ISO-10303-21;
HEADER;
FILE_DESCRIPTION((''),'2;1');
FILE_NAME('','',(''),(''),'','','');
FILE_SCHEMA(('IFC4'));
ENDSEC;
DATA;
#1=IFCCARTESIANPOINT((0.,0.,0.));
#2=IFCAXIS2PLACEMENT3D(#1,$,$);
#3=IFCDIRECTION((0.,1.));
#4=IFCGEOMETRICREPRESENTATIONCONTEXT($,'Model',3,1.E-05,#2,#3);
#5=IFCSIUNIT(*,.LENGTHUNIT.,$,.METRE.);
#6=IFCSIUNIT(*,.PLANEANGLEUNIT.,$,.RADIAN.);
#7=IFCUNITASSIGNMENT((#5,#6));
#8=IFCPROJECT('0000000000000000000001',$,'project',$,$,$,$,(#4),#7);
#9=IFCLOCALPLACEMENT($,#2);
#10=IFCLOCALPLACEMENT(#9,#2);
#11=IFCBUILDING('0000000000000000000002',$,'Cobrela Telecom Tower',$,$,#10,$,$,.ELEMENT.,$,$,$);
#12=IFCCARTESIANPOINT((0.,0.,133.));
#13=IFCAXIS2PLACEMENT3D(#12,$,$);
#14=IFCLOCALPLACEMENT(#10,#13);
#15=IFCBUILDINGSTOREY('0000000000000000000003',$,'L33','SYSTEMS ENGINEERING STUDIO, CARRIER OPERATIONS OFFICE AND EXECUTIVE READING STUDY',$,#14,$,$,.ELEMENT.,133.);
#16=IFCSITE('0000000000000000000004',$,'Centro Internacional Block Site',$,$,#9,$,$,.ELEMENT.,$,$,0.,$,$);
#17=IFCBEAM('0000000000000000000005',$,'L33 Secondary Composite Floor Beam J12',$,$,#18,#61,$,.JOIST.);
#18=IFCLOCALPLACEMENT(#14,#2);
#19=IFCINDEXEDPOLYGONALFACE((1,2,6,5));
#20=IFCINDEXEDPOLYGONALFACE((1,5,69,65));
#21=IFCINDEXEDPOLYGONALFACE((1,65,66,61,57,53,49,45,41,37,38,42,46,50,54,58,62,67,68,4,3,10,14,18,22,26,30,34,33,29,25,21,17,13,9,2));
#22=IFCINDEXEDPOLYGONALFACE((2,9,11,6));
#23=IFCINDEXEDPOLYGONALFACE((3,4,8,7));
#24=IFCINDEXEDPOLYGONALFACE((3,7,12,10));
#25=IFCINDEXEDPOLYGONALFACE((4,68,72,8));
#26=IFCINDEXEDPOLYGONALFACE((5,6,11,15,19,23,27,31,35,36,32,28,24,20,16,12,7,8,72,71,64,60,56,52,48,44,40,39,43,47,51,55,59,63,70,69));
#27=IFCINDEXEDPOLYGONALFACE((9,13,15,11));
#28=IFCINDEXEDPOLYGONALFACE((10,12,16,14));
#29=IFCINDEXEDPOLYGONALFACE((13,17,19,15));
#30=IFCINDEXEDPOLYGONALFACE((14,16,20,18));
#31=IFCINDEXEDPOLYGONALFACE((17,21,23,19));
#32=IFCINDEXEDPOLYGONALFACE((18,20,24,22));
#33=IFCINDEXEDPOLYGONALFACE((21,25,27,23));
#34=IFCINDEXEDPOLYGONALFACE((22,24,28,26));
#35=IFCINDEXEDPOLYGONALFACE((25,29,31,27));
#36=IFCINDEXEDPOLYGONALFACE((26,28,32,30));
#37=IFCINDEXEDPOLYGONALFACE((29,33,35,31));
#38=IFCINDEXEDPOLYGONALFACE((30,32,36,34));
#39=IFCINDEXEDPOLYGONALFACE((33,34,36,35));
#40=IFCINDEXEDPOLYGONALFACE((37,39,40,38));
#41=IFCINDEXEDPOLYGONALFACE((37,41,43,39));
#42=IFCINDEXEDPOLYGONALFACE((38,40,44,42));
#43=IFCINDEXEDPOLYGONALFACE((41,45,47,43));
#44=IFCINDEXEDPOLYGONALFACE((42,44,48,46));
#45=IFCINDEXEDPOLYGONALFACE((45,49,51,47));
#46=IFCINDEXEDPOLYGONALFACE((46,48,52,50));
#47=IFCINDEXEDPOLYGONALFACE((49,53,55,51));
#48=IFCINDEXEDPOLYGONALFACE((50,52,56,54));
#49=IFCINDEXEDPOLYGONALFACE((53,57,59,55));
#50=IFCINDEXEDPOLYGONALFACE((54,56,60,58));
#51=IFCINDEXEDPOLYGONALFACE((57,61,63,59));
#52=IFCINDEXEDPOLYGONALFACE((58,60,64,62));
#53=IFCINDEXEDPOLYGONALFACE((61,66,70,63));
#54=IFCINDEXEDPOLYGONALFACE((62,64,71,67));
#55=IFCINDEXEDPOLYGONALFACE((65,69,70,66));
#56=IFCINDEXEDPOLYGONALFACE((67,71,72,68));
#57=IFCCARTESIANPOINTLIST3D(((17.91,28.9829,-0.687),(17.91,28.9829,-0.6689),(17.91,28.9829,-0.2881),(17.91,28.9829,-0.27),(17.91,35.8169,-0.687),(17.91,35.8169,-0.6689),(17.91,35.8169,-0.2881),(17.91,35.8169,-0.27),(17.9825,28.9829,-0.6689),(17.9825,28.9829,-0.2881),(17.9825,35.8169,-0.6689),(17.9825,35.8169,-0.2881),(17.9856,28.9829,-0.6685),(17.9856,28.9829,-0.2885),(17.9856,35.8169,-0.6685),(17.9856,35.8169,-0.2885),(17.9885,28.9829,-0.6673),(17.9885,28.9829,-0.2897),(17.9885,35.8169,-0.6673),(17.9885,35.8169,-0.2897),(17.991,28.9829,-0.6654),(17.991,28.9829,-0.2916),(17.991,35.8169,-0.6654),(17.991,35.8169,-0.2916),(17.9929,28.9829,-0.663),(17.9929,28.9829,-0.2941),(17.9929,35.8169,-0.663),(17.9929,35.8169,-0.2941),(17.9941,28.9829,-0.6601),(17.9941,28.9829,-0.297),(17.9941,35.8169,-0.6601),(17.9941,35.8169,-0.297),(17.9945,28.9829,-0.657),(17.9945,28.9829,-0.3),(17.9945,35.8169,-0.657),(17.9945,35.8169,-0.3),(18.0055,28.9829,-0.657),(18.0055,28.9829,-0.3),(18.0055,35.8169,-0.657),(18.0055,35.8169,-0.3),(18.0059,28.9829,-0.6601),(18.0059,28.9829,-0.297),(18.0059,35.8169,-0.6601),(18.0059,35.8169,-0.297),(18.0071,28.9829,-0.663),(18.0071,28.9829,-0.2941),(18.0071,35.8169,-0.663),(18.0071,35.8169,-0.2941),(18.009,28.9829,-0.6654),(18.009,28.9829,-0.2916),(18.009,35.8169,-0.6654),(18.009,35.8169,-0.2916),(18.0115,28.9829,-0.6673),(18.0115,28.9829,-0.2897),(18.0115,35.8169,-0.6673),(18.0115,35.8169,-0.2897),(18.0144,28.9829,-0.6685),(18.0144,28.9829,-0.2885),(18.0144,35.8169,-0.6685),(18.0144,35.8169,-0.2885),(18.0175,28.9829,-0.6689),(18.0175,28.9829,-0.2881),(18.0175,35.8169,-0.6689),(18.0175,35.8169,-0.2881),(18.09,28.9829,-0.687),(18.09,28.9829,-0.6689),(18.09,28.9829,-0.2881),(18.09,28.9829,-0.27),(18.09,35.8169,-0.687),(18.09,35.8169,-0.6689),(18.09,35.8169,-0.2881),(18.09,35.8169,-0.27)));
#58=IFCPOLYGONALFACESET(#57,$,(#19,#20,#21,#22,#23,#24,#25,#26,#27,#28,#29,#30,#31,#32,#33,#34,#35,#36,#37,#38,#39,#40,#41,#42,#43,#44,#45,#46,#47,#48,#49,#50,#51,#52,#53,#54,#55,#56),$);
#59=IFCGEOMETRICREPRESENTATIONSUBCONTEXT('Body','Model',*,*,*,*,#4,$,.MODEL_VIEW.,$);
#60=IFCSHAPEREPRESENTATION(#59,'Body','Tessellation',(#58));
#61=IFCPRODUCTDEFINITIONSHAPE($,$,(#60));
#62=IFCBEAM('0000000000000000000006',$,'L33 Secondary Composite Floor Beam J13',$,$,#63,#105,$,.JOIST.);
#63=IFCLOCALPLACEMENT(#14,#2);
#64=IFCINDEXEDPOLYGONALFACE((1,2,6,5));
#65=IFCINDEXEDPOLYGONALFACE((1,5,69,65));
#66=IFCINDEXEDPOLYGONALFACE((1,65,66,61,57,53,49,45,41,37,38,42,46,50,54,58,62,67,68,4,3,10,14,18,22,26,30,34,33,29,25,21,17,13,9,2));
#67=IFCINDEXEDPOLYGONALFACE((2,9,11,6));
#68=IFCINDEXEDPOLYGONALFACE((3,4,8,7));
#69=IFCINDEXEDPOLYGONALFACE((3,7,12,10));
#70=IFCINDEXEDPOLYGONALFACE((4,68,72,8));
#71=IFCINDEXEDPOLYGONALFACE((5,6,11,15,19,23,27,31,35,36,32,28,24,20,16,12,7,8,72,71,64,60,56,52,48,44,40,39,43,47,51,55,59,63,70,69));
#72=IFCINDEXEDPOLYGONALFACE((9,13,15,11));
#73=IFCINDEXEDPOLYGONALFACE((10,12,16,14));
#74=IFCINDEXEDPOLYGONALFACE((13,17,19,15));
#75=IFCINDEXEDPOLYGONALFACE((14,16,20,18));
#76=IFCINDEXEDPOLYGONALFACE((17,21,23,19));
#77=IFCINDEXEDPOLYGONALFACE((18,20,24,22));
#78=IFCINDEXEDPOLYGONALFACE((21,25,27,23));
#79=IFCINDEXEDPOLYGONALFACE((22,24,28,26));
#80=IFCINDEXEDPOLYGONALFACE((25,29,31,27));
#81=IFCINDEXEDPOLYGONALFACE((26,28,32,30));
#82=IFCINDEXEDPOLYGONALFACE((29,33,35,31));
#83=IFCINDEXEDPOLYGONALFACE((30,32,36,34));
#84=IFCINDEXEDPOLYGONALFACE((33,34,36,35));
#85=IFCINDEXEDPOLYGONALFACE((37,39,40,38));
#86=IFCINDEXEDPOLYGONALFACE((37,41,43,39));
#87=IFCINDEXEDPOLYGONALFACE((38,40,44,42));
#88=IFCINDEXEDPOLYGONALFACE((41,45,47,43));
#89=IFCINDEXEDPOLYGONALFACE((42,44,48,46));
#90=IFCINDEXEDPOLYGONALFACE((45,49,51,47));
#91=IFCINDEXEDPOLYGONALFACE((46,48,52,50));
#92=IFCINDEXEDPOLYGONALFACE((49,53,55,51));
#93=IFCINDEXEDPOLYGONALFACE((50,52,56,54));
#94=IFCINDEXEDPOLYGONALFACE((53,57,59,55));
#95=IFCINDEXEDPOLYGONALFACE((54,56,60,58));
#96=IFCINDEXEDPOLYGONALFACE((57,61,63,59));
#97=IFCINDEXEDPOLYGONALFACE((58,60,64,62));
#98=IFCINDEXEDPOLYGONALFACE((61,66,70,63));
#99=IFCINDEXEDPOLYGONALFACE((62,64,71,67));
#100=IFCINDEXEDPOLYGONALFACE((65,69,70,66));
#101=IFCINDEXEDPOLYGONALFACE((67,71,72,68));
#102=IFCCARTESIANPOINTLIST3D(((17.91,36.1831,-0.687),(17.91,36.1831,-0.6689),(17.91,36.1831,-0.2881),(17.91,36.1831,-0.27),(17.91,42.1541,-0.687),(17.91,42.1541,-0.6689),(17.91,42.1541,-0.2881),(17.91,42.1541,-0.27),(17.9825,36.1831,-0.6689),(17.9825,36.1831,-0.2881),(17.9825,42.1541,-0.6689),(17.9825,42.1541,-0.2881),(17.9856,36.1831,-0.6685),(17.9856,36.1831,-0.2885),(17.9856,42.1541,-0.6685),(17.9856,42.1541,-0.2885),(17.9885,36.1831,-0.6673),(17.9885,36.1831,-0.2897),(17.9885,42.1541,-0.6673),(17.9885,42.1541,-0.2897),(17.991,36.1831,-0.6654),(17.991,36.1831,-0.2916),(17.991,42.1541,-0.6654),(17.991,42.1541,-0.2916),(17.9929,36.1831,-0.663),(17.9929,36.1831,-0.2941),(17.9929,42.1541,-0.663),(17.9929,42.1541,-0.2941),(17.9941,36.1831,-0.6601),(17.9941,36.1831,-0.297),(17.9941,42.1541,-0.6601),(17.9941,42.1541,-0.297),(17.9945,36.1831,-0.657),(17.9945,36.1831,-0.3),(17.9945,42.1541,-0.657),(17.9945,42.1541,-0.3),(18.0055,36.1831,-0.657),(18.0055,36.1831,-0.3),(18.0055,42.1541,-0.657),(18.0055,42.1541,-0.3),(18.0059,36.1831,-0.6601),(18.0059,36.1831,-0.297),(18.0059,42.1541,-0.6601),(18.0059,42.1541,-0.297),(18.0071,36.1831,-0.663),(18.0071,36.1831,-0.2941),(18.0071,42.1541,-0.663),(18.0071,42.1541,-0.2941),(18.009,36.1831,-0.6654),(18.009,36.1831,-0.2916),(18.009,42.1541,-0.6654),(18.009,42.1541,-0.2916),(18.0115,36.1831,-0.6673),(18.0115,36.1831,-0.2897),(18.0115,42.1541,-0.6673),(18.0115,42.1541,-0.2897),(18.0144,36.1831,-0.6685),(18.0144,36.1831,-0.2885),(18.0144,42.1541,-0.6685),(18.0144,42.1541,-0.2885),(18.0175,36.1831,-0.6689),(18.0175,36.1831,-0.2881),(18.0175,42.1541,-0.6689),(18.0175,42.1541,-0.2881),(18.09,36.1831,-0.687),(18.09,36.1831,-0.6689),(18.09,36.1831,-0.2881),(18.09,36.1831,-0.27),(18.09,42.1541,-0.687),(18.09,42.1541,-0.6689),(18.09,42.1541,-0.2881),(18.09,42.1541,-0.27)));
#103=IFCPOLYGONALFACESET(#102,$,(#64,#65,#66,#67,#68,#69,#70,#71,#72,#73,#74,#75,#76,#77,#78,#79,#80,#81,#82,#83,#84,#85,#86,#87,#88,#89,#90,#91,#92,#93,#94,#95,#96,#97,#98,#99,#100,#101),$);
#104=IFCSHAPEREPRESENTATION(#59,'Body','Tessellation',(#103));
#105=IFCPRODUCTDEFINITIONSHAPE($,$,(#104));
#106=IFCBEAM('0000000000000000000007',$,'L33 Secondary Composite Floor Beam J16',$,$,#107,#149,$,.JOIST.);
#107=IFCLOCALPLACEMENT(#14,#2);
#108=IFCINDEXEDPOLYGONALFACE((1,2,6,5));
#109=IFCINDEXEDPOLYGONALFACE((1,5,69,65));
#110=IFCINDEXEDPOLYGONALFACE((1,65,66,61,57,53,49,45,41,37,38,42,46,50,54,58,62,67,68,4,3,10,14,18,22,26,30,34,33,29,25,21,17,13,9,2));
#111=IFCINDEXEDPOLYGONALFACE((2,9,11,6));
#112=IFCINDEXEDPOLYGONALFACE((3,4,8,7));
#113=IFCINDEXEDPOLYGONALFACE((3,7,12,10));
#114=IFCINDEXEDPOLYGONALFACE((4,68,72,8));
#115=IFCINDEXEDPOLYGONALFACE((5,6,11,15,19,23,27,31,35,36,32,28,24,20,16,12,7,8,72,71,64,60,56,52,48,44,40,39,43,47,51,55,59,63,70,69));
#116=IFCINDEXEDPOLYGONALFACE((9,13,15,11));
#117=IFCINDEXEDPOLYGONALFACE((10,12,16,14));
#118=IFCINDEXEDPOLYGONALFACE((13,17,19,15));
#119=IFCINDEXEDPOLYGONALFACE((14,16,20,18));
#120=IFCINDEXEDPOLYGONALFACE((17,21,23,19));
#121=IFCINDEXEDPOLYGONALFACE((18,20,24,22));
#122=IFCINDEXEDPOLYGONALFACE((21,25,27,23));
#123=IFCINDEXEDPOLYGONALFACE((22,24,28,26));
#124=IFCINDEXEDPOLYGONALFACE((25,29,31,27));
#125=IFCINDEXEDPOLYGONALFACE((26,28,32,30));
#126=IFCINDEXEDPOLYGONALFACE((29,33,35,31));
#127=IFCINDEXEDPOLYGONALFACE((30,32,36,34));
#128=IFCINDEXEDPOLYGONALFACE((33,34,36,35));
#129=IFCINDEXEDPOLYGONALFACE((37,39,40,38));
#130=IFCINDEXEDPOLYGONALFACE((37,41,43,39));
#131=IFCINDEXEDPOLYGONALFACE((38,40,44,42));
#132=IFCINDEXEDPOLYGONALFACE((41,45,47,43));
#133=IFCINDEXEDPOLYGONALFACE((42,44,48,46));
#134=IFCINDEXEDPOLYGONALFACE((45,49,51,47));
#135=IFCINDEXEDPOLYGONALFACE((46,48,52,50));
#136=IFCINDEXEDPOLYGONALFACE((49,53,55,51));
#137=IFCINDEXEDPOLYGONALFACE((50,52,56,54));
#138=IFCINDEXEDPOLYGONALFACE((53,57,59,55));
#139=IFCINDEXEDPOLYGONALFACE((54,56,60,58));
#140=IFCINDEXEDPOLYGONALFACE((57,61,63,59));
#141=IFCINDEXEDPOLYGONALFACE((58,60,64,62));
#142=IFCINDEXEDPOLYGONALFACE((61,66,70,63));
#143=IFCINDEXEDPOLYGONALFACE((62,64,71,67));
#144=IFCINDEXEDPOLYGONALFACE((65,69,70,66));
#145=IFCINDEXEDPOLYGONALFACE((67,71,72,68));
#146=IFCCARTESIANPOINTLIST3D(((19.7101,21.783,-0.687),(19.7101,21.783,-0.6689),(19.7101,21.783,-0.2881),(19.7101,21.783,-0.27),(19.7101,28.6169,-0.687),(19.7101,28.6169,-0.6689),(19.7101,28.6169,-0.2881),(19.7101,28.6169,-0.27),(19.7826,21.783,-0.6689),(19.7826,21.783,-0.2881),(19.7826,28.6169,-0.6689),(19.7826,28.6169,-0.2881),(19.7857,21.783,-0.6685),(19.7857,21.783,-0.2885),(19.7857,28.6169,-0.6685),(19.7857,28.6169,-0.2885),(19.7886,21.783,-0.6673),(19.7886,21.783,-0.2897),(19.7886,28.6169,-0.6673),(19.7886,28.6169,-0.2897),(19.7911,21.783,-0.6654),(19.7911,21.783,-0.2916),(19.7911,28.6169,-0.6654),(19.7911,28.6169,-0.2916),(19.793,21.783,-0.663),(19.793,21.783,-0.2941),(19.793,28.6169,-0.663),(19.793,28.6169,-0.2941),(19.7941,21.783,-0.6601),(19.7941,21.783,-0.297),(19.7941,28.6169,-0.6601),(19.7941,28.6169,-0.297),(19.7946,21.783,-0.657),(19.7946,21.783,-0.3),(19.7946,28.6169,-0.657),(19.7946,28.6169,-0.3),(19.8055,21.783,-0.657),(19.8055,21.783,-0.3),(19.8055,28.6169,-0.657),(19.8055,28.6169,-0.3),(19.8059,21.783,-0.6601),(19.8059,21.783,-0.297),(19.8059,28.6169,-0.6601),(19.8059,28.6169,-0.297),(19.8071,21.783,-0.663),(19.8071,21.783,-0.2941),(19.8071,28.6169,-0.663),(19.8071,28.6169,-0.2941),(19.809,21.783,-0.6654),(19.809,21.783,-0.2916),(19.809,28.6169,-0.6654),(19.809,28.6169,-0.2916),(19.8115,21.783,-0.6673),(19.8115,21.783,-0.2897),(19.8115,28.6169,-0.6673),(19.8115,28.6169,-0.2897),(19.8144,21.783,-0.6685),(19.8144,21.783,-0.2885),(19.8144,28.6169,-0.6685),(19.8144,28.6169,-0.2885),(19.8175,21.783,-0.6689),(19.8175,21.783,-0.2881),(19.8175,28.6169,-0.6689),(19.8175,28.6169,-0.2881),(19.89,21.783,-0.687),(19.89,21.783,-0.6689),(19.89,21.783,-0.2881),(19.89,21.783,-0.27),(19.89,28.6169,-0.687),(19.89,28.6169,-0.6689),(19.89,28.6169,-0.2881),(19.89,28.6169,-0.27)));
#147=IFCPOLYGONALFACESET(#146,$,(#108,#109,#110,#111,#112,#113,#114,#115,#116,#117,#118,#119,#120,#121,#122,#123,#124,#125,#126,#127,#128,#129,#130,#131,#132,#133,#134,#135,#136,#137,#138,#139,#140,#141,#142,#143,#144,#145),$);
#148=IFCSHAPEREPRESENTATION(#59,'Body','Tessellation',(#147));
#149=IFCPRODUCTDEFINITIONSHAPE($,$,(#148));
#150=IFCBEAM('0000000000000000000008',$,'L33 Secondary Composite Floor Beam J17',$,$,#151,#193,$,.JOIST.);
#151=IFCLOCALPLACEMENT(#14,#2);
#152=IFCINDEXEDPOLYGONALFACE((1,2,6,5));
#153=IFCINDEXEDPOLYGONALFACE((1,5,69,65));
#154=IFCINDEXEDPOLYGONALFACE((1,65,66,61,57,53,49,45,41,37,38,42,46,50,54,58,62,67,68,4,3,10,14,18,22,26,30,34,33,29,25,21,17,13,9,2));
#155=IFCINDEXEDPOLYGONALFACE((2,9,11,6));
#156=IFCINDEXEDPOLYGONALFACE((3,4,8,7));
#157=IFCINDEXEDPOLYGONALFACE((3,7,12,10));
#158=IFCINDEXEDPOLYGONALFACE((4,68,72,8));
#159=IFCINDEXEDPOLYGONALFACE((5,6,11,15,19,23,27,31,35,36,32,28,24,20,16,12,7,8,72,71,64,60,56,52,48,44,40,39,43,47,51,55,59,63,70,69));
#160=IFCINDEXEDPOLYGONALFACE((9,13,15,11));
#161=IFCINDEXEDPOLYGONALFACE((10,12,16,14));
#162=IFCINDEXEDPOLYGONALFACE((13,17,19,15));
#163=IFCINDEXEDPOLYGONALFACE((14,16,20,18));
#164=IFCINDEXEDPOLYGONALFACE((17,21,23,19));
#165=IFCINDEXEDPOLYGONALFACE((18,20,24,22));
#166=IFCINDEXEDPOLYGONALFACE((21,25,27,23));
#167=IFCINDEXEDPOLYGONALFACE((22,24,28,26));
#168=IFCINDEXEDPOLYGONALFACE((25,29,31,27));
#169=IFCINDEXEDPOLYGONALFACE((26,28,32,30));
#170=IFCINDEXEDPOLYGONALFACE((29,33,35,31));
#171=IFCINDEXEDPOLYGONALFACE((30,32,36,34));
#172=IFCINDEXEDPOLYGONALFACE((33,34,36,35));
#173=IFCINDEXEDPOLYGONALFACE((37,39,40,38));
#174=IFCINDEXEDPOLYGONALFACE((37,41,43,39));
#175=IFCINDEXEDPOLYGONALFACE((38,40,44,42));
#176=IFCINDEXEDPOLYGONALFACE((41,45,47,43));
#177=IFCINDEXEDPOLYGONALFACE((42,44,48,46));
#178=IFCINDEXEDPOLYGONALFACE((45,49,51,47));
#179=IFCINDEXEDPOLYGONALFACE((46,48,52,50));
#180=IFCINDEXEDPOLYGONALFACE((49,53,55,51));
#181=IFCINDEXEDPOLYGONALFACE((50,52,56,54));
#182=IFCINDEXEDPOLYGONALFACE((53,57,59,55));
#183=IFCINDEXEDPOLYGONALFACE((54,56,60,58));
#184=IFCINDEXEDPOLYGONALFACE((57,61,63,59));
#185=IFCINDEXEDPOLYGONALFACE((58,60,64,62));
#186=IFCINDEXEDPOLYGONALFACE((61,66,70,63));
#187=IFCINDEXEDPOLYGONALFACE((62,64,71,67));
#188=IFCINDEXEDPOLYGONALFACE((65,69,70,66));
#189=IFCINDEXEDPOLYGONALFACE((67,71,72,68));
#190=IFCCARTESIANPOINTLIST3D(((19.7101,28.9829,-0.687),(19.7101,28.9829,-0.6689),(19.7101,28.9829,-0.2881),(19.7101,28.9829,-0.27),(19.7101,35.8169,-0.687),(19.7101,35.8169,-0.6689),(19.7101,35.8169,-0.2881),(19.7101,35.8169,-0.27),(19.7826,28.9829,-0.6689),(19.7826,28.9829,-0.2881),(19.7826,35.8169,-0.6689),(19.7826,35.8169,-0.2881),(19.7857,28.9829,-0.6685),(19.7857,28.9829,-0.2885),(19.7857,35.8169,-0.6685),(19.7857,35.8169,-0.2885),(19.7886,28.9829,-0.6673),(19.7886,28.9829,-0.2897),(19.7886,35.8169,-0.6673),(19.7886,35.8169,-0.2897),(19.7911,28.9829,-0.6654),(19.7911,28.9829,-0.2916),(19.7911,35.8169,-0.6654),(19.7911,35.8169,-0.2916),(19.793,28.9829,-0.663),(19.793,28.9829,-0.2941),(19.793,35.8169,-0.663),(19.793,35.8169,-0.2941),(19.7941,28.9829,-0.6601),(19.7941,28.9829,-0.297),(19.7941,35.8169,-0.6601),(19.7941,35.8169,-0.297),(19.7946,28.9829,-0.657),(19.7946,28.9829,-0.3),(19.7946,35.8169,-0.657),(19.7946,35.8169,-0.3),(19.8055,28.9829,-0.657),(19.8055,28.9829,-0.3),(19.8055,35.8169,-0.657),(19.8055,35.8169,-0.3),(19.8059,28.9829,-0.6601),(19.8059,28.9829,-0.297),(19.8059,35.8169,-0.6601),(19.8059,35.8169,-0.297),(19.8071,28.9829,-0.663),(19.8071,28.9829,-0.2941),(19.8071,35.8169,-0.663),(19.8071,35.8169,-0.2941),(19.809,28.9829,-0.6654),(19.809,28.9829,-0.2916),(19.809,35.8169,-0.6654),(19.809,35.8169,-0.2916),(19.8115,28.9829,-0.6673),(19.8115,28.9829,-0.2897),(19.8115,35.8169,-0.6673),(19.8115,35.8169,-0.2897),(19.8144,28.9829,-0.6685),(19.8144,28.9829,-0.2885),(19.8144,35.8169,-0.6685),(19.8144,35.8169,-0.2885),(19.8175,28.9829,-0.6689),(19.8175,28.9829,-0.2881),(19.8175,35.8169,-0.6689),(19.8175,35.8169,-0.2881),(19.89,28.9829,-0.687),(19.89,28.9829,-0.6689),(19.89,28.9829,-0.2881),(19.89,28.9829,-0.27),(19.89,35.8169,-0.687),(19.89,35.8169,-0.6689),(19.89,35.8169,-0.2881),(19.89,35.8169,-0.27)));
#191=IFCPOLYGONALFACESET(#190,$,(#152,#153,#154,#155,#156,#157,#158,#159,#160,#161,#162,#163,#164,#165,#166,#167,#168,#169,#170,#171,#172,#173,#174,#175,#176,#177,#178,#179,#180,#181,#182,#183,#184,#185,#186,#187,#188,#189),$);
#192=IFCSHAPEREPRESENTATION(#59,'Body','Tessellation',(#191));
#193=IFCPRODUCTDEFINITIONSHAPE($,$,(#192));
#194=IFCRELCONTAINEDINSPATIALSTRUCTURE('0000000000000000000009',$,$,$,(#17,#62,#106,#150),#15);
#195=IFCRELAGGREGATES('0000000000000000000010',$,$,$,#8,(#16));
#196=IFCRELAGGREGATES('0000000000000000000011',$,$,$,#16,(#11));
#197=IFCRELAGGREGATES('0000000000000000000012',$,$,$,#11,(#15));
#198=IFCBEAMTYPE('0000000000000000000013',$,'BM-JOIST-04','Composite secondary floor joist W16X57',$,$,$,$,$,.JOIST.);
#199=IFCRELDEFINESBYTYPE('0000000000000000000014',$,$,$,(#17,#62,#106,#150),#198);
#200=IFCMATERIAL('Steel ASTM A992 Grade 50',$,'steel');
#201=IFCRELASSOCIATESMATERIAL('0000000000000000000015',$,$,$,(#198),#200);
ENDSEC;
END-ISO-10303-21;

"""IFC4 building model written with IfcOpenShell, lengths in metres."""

from ifc_helpers import new_model, si_unit, direction, frame, origin, origin_2d, place, context, subcontext, project, spatial, i_section, extrude, material, material_profile, profile_set, type_object, element, save


model = new_model("IFC4")

# Units and contexts
model_context = context("Model", 3, precision=1e-05, world=origin(), true_north=direction((0.0, 1.0)))
body_context = subcontext(model_context, "Body", "Model", "MODEL_VIEW")
ifc_project = project(units=[si_unit("LENGTHUNIT", "METRE"), si_unit("PLANEANGLEUNIT", "RADIAN")], contexts=[model_context])

# Site, building, storey
site_placement = place(None, origin())
site = spatial("IfcSite", under=ifc_project, at=site_placement, Name="Centro Internacional Block Site", CompositionType="ELEMENT", RefElevation=0.0)
building_placement = place(site_placement, origin())
building = spatial("IfcBuilding", under=site, at=building_placement, Name="Cobrela Telecom Tower", CompositionType="ELEMENT")
storey_placement = place(building_placement, frame((0.0, 0.0, 133.0)))
storey = spatial("IfcBuildingStorey", under=building, at=storey_placement, Name="L33", Description="SYSTEMS ENGINEERING STUDIO, CARRIER OPERATIONS OFFICE AND EXECUTIVE READING STUDY", CompositionType="ELEMENT", Elevation=133.0)

# Shared definitions
ifc_material_1 = material(Name="Steel ASTM A992 Grade 50", Category="steel")

# Beams
ifc_material_profile_1 = material_profile(ifc_material_1, i_section(OverallWidth=0.1799, OverallDepth=0.417, WebThickness=0.011, FlangeThickness=0.0181, FilletRadius=0.012, at=origin_2d()), Name="W16X57")
ifc_profile_set_1 = profile_set([ifc_material_profile_1], Name="Steel ASTM A992 Grade 50")
beam_type_1 = type_object("IfcBeamType", Name="BM-JOIST-04", Description="Composite secondary floor joist W16X57", PredefinedType="JOIST", material=ifc_profile_set_1)
for number, where, z_axis, x_axis, name in (
    (1, (18.0, 28.9829, -0.4785), (0.0, 1.0, 0.0), (-1.0, 0.0, 0.0), "L33 Secondary Composite Floor Beam J12"),
):
    element("IfcBeam", number, at=place(storey_placement, frame(where, z_axis=z_axis, x_axis=x_axis)), inside=storey, type_object=beam_type_1, Name=name, PredefinedType="JOIST", context=body_context, shape_type="SweptSolid", body=[
        extrude(i_section(OverallWidth=0.1799, OverallDepth=0.417, WebThickness=0.011, FlangeThickness=0.0181, FilletRadius=0.012, at=origin_2d()), origin(), (0.0, 0.0, 1.0), 6.834),
    ])
beam_1_placement = place(storey_placement, frame((18.0, 36.1831, -0.4785), z_axis=(0.0, 1.0, 0.0), x_axis=(-1.0, 0.0, 0.0)))
element("IfcBeam", 2, at=beam_1_placement, inside=storey, type_object=beam_type_1, Name="L33 Secondary Composite Floor Beam J13", PredefinedType="JOIST", context=body_context, shape_type="SweptSolid", body=[
    extrude(i_section(OverallWidth=0.1799, OverallDepth=0.417, WebThickness=0.011, FlangeThickness=0.0181, FilletRadius=0.012, at=origin_2d()), origin(), (0.0, 0.0, 1.0), 5.9709),
])
for number, where, z_axis, x_axis, name in (
    (3, (19.8, 21.783, -0.4785), (0.0, 1.0, 0.0), (-1.0, 0.0, 0.0), "L33 Secondary Composite Floor Beam J16"),
    (4, (19.8, 28.9829, -0.4785), (0.0, 1.0, 0.0), (-1.0, 0.0, 0.0), "L33 Secondary Composite Floor Beam J17"),
):
    element("IfcBeam", number, at=place(storey_placement, frame(where, z_axis=z_axis, x_axis=x_axis)), inside=storey, type_object=beam_type_1, Name=name, PredefinedType="JOIST", context=body_context, shape_type="SweptSolid", body=[
        extrude(i_section(OverallWidth=0.1799, OverallDepth=0.417, WebThickness=0.011, FlangeThickness=0.0181, FilletRadius=0.012, at=origin_2d()), origin(), (0.0, 0.0, 1.0), 6.834),
    ])

save(model, "model.ifc")
